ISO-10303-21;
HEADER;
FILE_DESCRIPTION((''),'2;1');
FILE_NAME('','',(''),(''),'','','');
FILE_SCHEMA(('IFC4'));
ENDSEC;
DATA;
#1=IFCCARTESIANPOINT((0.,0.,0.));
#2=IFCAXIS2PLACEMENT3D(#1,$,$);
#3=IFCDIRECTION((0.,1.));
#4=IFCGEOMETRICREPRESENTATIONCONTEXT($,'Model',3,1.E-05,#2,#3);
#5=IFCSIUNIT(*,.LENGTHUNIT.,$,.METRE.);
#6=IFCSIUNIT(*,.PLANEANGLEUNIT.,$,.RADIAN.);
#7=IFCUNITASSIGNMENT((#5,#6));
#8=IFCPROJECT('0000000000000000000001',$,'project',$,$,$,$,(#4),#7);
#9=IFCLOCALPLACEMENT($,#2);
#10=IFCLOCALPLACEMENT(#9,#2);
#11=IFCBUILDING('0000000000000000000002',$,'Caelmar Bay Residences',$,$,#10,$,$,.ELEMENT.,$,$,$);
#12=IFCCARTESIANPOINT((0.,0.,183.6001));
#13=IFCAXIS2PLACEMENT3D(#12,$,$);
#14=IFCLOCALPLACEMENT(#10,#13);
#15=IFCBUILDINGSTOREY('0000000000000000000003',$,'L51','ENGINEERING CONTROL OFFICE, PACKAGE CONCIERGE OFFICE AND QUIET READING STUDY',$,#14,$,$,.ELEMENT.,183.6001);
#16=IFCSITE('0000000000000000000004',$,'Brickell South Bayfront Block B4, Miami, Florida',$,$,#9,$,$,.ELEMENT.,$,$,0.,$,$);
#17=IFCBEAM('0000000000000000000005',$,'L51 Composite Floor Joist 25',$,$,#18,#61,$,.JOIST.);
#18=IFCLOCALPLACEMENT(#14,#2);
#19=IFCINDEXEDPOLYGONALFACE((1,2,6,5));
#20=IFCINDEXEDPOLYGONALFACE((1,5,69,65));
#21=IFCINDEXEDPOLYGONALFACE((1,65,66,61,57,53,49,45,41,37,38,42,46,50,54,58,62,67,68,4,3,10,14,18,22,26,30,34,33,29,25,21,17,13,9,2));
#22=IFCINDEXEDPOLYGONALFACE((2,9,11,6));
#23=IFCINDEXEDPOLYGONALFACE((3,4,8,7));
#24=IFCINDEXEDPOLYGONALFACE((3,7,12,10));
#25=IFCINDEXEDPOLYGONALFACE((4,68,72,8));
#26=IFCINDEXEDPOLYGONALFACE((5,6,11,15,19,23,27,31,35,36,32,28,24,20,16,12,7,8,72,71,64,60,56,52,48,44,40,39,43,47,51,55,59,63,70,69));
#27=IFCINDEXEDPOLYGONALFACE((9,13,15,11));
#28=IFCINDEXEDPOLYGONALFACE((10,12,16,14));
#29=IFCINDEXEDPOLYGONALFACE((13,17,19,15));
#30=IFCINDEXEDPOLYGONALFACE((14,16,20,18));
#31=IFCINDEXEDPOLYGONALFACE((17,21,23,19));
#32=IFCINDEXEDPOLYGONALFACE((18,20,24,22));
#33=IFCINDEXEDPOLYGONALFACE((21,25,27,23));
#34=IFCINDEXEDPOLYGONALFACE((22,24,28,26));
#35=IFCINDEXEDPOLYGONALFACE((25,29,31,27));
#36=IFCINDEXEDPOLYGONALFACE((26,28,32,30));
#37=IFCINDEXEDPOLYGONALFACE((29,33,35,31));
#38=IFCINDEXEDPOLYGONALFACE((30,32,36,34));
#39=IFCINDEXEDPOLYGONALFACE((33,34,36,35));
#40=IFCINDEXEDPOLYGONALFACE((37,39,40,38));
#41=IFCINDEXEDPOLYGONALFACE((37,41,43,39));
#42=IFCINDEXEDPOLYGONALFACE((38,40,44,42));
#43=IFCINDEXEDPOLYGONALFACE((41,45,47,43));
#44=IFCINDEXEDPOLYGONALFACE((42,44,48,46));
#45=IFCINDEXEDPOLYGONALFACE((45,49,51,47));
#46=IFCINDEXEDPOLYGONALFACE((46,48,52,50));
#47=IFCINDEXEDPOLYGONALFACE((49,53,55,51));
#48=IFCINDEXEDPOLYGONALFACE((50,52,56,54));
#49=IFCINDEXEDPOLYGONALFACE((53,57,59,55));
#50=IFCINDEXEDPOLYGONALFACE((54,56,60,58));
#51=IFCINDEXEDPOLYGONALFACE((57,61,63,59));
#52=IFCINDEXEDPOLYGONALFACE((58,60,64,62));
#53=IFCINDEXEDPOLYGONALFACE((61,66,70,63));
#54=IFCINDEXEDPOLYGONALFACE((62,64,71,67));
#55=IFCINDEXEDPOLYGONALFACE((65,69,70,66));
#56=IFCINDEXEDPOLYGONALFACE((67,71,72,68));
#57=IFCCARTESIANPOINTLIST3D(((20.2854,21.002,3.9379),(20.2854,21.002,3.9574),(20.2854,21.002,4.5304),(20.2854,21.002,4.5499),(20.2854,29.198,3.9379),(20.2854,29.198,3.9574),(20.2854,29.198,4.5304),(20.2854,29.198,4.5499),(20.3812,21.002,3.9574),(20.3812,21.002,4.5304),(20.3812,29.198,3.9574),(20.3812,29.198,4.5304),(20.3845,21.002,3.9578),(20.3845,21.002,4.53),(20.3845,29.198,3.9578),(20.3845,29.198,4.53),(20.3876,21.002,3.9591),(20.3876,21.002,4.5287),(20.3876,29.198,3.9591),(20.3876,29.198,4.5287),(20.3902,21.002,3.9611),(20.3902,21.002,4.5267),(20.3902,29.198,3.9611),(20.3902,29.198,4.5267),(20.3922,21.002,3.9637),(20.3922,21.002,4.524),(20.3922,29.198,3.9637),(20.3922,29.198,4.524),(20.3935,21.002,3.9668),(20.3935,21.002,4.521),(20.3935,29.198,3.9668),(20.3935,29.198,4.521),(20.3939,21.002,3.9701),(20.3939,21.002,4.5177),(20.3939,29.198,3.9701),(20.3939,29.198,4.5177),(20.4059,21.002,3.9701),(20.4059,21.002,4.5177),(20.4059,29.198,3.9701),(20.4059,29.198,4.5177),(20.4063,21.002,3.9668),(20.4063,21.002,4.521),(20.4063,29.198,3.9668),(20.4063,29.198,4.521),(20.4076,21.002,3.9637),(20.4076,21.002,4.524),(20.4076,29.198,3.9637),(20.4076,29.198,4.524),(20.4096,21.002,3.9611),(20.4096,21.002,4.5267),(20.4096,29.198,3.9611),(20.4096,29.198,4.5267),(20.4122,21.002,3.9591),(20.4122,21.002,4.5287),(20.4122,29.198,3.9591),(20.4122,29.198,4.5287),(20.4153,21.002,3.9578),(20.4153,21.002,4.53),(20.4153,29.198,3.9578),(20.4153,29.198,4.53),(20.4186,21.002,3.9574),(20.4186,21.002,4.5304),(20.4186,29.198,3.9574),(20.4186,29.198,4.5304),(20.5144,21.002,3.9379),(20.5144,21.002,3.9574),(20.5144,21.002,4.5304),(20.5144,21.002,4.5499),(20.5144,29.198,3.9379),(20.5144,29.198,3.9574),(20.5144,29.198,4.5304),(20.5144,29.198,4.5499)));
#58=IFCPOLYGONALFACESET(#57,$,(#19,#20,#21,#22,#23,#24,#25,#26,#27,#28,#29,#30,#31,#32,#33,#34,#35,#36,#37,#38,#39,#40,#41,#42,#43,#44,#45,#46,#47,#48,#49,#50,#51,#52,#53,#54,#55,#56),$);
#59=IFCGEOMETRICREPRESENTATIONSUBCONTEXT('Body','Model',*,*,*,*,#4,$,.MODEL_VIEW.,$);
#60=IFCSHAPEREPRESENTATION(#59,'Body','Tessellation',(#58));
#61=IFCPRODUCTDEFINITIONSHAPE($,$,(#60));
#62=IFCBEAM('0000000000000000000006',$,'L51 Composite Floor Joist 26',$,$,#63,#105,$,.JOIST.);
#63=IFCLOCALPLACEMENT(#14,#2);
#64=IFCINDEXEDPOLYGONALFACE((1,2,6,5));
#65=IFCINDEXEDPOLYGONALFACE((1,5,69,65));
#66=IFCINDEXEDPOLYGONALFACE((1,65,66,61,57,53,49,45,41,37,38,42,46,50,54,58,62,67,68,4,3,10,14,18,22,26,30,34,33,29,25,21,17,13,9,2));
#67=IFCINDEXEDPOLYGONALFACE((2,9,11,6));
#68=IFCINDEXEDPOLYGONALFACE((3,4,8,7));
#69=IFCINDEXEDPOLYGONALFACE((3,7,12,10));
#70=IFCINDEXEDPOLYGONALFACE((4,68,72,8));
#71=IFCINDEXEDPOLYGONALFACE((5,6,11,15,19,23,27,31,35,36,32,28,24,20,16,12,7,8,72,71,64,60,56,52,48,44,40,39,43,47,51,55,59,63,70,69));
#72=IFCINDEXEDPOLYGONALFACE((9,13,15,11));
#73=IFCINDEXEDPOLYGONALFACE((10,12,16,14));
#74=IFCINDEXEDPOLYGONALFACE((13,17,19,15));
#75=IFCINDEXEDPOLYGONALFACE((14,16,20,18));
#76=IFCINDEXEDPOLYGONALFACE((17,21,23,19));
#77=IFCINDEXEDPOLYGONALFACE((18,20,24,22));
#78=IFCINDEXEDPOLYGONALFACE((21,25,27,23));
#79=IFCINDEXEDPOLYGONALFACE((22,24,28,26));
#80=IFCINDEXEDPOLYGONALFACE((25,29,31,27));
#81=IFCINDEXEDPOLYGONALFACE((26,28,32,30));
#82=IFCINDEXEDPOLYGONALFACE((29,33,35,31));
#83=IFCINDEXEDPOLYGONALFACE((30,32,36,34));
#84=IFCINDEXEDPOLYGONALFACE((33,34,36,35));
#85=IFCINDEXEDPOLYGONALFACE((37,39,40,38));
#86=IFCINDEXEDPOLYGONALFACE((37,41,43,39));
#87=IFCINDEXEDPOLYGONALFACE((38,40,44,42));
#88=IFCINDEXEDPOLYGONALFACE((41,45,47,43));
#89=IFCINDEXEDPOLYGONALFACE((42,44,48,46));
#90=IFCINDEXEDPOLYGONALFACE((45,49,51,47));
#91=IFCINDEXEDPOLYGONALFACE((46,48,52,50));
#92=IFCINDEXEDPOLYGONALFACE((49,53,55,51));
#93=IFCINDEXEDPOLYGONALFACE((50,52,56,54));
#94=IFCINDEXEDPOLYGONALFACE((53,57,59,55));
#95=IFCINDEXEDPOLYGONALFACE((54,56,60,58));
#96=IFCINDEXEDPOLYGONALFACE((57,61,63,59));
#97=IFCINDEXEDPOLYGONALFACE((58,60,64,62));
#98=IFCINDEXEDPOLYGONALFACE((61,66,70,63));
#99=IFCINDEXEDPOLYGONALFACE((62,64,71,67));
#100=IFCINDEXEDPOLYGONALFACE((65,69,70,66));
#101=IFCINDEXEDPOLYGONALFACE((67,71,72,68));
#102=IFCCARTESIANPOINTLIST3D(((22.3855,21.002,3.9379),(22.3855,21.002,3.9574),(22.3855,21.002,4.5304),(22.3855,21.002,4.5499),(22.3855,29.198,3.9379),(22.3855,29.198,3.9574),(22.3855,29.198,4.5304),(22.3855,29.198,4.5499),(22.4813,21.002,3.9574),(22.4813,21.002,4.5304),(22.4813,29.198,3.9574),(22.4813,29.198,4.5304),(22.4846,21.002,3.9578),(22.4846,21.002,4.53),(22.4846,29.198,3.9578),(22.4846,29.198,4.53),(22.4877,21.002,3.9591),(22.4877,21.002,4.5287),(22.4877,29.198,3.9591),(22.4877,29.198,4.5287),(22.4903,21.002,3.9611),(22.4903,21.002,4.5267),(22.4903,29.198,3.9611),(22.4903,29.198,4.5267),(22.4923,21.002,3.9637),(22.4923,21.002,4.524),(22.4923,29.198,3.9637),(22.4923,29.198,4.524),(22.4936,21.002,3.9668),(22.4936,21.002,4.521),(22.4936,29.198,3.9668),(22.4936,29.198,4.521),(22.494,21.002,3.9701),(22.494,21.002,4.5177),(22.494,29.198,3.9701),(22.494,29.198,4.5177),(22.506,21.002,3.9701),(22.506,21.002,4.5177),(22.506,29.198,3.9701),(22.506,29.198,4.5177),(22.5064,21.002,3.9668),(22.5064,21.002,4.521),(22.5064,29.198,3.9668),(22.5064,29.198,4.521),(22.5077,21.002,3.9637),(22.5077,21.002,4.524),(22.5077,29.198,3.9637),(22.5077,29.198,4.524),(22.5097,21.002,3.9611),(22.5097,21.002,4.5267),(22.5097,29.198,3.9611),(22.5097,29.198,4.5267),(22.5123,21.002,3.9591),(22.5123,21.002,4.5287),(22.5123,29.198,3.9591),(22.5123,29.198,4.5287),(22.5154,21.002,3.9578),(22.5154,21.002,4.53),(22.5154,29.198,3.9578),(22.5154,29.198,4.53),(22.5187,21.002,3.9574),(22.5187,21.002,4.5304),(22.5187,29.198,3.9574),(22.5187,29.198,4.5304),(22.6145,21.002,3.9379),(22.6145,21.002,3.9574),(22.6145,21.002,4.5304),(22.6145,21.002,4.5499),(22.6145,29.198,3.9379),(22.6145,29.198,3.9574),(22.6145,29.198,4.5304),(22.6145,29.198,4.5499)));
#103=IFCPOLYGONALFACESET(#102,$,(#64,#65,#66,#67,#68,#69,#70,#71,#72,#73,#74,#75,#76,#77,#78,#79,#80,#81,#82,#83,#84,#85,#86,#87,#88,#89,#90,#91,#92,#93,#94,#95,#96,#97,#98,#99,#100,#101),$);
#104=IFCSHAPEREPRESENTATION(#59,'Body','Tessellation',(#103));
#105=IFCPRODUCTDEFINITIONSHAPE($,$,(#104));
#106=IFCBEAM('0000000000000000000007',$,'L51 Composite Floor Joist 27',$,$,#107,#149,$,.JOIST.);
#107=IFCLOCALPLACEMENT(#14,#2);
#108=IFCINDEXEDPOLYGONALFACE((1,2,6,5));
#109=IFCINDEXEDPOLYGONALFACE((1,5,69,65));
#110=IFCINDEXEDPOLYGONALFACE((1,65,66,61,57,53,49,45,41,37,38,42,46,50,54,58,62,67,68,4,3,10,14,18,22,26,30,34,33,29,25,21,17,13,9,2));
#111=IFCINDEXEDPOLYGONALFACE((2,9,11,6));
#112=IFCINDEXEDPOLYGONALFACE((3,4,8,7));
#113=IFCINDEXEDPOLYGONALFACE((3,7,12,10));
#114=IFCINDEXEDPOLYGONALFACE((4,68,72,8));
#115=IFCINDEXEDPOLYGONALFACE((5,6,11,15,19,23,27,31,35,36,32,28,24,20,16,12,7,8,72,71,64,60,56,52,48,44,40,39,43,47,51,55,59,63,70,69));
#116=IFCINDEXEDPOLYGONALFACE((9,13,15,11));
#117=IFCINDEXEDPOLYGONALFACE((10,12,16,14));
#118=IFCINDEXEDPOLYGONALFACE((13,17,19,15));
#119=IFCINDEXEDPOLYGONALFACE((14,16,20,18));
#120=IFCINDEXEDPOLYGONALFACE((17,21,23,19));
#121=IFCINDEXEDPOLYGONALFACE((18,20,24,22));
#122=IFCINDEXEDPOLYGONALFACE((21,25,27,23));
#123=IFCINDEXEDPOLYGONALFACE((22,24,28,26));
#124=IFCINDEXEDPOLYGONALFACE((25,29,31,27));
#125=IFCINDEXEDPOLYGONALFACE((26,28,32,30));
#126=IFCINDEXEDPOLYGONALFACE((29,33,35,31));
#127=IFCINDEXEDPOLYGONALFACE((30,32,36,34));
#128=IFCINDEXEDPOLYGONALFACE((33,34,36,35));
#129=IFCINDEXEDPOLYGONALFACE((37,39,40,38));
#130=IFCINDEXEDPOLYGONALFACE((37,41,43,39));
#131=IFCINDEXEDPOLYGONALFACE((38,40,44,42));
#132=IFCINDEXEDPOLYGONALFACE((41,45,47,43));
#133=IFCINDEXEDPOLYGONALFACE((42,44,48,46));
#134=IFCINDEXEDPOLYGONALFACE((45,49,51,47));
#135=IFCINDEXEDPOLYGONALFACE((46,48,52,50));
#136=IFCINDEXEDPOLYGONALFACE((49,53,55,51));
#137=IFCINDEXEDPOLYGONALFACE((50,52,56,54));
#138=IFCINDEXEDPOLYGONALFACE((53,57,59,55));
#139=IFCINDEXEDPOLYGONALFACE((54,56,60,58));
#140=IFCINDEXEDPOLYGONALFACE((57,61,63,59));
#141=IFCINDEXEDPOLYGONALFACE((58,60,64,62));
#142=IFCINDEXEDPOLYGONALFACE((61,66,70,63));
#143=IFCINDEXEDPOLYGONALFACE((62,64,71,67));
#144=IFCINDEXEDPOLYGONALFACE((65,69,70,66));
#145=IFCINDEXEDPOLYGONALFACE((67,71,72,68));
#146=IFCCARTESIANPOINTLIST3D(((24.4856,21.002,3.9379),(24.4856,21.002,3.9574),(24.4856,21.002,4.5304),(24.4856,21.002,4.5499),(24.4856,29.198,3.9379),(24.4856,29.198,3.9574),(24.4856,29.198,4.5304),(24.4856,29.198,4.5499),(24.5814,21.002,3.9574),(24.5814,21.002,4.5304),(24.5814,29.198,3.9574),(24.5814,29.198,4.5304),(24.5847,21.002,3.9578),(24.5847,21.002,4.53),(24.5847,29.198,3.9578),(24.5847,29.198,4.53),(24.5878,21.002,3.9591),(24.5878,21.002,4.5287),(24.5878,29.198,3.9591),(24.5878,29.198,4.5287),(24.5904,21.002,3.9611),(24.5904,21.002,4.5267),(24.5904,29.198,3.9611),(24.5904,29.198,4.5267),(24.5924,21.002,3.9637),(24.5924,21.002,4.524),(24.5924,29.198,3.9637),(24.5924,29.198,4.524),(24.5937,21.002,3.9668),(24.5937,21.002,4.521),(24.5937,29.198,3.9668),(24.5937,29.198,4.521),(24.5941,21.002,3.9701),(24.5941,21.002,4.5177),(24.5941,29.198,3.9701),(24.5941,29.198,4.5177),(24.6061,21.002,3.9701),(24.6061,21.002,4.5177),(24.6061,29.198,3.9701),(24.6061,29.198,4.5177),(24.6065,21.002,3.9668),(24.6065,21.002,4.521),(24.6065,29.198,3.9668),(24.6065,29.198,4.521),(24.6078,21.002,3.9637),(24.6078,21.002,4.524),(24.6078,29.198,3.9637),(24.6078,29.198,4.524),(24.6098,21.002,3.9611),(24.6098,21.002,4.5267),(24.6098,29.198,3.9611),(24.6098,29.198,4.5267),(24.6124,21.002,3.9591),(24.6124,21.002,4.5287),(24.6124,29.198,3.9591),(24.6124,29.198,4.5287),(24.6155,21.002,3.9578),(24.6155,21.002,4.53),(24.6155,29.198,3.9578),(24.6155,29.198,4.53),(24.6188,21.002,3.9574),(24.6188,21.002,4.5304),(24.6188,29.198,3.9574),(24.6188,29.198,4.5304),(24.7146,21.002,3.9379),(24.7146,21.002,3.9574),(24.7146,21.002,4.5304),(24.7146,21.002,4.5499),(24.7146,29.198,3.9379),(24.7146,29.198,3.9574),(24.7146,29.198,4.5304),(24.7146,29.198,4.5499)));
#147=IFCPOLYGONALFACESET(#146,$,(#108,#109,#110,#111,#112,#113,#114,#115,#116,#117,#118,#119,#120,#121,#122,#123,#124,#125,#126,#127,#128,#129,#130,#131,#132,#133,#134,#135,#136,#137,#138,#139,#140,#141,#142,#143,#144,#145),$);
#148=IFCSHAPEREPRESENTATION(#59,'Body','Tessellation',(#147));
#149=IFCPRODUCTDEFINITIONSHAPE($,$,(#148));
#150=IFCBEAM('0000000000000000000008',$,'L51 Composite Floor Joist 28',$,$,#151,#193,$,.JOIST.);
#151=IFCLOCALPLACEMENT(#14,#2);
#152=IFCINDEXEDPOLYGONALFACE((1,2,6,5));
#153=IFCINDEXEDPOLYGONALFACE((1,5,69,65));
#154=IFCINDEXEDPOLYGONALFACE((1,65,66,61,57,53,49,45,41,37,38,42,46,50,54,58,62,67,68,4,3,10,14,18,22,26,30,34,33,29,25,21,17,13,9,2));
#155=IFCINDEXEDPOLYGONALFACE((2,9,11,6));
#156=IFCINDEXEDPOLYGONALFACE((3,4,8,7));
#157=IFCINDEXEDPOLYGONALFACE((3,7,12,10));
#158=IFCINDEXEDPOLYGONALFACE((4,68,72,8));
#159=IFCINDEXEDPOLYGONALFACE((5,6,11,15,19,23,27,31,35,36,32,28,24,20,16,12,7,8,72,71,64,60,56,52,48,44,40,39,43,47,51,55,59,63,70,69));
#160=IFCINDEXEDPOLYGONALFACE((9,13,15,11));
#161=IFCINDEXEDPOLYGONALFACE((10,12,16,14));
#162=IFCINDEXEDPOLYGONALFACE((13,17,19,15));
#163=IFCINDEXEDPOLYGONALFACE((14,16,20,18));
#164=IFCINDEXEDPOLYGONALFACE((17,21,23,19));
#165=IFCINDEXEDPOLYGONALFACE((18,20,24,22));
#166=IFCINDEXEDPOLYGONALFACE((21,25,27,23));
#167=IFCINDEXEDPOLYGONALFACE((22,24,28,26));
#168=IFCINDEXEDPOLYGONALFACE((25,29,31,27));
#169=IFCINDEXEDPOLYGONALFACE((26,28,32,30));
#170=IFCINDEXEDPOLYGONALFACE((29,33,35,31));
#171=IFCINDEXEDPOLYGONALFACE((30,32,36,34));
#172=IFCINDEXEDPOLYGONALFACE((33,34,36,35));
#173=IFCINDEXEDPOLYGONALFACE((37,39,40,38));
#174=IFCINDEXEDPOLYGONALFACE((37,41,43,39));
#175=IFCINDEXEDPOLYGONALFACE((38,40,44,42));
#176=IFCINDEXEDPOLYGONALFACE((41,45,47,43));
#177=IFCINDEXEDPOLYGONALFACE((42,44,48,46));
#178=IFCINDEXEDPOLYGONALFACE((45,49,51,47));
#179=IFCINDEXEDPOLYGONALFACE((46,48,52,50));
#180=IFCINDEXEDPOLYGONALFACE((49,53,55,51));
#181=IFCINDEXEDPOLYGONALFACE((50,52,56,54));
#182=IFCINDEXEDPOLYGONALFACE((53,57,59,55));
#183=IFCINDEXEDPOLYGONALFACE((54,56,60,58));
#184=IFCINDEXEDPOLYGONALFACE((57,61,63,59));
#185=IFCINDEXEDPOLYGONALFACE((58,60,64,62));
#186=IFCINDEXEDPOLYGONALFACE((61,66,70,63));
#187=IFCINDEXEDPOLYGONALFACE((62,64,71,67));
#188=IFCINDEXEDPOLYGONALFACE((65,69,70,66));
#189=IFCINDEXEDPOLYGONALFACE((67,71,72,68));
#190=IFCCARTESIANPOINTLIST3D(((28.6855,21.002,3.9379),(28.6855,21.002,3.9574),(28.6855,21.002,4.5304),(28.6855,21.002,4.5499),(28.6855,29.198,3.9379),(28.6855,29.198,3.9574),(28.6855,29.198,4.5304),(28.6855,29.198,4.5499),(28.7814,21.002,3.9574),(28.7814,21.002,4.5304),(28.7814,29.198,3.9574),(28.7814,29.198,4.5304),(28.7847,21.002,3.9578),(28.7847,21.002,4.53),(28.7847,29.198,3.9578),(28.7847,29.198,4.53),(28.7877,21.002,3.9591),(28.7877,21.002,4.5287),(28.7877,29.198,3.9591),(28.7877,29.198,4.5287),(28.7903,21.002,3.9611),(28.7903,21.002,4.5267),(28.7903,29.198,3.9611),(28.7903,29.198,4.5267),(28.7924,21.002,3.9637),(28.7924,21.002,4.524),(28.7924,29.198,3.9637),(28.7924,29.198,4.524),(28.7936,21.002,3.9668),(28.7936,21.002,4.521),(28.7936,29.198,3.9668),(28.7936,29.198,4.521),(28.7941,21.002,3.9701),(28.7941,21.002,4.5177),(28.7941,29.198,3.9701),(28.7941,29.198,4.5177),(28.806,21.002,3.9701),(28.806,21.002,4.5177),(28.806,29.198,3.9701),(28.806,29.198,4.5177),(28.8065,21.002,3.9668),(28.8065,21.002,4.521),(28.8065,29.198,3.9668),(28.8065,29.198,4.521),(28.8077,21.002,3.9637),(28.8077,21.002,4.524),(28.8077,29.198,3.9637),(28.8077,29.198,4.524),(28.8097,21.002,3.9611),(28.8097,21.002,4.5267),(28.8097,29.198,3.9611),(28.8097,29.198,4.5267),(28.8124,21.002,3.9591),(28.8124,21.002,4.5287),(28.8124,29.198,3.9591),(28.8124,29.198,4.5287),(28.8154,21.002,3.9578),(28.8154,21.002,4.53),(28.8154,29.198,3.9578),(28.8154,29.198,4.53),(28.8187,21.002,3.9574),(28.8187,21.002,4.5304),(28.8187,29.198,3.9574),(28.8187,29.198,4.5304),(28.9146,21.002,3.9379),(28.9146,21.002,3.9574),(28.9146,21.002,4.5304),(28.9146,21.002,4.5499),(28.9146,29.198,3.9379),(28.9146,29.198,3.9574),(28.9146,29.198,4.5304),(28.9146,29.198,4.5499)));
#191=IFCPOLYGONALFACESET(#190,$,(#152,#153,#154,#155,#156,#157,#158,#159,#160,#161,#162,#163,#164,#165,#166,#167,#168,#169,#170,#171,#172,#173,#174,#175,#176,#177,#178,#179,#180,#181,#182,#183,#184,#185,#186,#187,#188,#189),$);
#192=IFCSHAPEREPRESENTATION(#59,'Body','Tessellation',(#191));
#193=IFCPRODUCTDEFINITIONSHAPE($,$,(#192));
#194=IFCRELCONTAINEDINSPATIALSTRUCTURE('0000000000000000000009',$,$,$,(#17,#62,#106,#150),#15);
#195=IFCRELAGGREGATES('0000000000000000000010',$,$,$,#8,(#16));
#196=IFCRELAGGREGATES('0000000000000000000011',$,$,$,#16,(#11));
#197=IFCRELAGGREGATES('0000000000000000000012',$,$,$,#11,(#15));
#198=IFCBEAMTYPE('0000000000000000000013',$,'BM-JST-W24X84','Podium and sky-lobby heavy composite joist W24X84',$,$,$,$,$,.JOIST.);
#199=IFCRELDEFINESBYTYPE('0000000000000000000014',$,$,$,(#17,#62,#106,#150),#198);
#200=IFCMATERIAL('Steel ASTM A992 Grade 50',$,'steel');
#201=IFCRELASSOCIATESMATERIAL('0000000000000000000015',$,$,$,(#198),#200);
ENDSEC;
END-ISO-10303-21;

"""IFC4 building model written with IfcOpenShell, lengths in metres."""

from ifc_helpers import new_model, si_unit, direction, frame, origin, origin_2d, place, context, subcontext, project, spatial, i_section, extrude, material, material_profile, profile_set, type_object, element, save


model = new_model("IFC4")

# Units and contexts
model_context = context("Model", 3, precision=1e-05, world=origin(), true_north=direction((0.0, 1.0)))
body_context = subcontext(model_context, "Body", "Model", "MODEL_VIEW")
ifc_project = project(units=[si_unit("LENGTHUNIT", "METRE"), si_unit("PLANEANGLEUNIT", "RADIAN")], contexts=[model_context])

# Site, building, storey
site_placement = place(None, origin())
site = spatial("IfcSite", under=ifc_project, at=site_placement, Name="Brickell South Bayfront Block B4, Miami, Florida", CompositionType="ELEMENT", RefElevation=0.0)
building_placement = place(site_placement, origin())
building = spatial("IfcBuilding", under=site, at=building_placement, Name="Caelmar Bay Residences", CompositionType="ELEMENT")
storey_placement = place(building_placement, frame((0.0, 0.0, 183.6001)))
storey = spatial("IfcBuildingStorey", under=building, at=storey_placement, Name="L51", Description="ENGINEERING CONTROL OFFICE, PACKAGE CONCIERGE OFFICE AND QUIET READING STUDY", CompositionType="ELEMENT", Elevation=183.6001)

# Beams
ifc_material_1 = material(Name="Steel ASTM A992 Grade 50", Category="steel")
ifc_material_profile_1 = material_profile(ifc_material_1, i_section(OverallWidth=0.229, OverallDepth=0.6121, WebThickness=0.012, FlangeThickness=0.0195, FilletRadius=0.0127, at=origin_2d()), Name="W24X84")
ifc_profile_set_1 = profile_set([ifc_material_profile_1], Name="Steel ASTM A992 Grade 50")
beam_type_1 = type_object("IfcBeamType", Name="BM-JST-W24X84", Description="Podium and sky-lobby heavy composite joist W24X84", PredefinedType="JOIST", material=ifc_profile_set_1)
for number, where, z_axis, x_axis, name in (
    (1, (20.3999, 21.002, 4.2439), (0.0, 1.0, 0.0), (-1.0, 0.0, 0.0), "L51 Composite Floor Joist 25"),
    (2, (22.5, 21.002, 4.2439), (0.0, 1.0, 0.0), (-1.0, 0.0, 0.0), "L51 Composite Floor Joist 26"),
    (3, (24.6001, 21.002, 4.2439), (0.0, 1.0, 0.0), (-1.0, 0.0, 0.0), "L51 Composite Floor Joist 27"),
    (4, (28.8, 21.002, 4.2439), (0.0, 1.0, 0.0), (-1.0, 0.0, 0.0), "L51 Composite Floor Joist 28"),
):
    element("IfcBeam", number, at=place(storey_placement, frame(where, z_axis=z_axis, x_axis=x_axis)), inside=storey, type_object=beam_type_1, Name=name, PredefinedType="JOIST", context=body_context, shape_type="SweptSolid", body=[
        extrude(i_section(OverallWidth=0.229, OverallDepth=0.6121, WebThickness=0.012, FlangeThickness=0.0195, FilletRadius=0.0127, at=origin_2d()), origin(), (0.0, 0.0, 1.0), 8.196),
    ])

save(model, "model.ifc")
